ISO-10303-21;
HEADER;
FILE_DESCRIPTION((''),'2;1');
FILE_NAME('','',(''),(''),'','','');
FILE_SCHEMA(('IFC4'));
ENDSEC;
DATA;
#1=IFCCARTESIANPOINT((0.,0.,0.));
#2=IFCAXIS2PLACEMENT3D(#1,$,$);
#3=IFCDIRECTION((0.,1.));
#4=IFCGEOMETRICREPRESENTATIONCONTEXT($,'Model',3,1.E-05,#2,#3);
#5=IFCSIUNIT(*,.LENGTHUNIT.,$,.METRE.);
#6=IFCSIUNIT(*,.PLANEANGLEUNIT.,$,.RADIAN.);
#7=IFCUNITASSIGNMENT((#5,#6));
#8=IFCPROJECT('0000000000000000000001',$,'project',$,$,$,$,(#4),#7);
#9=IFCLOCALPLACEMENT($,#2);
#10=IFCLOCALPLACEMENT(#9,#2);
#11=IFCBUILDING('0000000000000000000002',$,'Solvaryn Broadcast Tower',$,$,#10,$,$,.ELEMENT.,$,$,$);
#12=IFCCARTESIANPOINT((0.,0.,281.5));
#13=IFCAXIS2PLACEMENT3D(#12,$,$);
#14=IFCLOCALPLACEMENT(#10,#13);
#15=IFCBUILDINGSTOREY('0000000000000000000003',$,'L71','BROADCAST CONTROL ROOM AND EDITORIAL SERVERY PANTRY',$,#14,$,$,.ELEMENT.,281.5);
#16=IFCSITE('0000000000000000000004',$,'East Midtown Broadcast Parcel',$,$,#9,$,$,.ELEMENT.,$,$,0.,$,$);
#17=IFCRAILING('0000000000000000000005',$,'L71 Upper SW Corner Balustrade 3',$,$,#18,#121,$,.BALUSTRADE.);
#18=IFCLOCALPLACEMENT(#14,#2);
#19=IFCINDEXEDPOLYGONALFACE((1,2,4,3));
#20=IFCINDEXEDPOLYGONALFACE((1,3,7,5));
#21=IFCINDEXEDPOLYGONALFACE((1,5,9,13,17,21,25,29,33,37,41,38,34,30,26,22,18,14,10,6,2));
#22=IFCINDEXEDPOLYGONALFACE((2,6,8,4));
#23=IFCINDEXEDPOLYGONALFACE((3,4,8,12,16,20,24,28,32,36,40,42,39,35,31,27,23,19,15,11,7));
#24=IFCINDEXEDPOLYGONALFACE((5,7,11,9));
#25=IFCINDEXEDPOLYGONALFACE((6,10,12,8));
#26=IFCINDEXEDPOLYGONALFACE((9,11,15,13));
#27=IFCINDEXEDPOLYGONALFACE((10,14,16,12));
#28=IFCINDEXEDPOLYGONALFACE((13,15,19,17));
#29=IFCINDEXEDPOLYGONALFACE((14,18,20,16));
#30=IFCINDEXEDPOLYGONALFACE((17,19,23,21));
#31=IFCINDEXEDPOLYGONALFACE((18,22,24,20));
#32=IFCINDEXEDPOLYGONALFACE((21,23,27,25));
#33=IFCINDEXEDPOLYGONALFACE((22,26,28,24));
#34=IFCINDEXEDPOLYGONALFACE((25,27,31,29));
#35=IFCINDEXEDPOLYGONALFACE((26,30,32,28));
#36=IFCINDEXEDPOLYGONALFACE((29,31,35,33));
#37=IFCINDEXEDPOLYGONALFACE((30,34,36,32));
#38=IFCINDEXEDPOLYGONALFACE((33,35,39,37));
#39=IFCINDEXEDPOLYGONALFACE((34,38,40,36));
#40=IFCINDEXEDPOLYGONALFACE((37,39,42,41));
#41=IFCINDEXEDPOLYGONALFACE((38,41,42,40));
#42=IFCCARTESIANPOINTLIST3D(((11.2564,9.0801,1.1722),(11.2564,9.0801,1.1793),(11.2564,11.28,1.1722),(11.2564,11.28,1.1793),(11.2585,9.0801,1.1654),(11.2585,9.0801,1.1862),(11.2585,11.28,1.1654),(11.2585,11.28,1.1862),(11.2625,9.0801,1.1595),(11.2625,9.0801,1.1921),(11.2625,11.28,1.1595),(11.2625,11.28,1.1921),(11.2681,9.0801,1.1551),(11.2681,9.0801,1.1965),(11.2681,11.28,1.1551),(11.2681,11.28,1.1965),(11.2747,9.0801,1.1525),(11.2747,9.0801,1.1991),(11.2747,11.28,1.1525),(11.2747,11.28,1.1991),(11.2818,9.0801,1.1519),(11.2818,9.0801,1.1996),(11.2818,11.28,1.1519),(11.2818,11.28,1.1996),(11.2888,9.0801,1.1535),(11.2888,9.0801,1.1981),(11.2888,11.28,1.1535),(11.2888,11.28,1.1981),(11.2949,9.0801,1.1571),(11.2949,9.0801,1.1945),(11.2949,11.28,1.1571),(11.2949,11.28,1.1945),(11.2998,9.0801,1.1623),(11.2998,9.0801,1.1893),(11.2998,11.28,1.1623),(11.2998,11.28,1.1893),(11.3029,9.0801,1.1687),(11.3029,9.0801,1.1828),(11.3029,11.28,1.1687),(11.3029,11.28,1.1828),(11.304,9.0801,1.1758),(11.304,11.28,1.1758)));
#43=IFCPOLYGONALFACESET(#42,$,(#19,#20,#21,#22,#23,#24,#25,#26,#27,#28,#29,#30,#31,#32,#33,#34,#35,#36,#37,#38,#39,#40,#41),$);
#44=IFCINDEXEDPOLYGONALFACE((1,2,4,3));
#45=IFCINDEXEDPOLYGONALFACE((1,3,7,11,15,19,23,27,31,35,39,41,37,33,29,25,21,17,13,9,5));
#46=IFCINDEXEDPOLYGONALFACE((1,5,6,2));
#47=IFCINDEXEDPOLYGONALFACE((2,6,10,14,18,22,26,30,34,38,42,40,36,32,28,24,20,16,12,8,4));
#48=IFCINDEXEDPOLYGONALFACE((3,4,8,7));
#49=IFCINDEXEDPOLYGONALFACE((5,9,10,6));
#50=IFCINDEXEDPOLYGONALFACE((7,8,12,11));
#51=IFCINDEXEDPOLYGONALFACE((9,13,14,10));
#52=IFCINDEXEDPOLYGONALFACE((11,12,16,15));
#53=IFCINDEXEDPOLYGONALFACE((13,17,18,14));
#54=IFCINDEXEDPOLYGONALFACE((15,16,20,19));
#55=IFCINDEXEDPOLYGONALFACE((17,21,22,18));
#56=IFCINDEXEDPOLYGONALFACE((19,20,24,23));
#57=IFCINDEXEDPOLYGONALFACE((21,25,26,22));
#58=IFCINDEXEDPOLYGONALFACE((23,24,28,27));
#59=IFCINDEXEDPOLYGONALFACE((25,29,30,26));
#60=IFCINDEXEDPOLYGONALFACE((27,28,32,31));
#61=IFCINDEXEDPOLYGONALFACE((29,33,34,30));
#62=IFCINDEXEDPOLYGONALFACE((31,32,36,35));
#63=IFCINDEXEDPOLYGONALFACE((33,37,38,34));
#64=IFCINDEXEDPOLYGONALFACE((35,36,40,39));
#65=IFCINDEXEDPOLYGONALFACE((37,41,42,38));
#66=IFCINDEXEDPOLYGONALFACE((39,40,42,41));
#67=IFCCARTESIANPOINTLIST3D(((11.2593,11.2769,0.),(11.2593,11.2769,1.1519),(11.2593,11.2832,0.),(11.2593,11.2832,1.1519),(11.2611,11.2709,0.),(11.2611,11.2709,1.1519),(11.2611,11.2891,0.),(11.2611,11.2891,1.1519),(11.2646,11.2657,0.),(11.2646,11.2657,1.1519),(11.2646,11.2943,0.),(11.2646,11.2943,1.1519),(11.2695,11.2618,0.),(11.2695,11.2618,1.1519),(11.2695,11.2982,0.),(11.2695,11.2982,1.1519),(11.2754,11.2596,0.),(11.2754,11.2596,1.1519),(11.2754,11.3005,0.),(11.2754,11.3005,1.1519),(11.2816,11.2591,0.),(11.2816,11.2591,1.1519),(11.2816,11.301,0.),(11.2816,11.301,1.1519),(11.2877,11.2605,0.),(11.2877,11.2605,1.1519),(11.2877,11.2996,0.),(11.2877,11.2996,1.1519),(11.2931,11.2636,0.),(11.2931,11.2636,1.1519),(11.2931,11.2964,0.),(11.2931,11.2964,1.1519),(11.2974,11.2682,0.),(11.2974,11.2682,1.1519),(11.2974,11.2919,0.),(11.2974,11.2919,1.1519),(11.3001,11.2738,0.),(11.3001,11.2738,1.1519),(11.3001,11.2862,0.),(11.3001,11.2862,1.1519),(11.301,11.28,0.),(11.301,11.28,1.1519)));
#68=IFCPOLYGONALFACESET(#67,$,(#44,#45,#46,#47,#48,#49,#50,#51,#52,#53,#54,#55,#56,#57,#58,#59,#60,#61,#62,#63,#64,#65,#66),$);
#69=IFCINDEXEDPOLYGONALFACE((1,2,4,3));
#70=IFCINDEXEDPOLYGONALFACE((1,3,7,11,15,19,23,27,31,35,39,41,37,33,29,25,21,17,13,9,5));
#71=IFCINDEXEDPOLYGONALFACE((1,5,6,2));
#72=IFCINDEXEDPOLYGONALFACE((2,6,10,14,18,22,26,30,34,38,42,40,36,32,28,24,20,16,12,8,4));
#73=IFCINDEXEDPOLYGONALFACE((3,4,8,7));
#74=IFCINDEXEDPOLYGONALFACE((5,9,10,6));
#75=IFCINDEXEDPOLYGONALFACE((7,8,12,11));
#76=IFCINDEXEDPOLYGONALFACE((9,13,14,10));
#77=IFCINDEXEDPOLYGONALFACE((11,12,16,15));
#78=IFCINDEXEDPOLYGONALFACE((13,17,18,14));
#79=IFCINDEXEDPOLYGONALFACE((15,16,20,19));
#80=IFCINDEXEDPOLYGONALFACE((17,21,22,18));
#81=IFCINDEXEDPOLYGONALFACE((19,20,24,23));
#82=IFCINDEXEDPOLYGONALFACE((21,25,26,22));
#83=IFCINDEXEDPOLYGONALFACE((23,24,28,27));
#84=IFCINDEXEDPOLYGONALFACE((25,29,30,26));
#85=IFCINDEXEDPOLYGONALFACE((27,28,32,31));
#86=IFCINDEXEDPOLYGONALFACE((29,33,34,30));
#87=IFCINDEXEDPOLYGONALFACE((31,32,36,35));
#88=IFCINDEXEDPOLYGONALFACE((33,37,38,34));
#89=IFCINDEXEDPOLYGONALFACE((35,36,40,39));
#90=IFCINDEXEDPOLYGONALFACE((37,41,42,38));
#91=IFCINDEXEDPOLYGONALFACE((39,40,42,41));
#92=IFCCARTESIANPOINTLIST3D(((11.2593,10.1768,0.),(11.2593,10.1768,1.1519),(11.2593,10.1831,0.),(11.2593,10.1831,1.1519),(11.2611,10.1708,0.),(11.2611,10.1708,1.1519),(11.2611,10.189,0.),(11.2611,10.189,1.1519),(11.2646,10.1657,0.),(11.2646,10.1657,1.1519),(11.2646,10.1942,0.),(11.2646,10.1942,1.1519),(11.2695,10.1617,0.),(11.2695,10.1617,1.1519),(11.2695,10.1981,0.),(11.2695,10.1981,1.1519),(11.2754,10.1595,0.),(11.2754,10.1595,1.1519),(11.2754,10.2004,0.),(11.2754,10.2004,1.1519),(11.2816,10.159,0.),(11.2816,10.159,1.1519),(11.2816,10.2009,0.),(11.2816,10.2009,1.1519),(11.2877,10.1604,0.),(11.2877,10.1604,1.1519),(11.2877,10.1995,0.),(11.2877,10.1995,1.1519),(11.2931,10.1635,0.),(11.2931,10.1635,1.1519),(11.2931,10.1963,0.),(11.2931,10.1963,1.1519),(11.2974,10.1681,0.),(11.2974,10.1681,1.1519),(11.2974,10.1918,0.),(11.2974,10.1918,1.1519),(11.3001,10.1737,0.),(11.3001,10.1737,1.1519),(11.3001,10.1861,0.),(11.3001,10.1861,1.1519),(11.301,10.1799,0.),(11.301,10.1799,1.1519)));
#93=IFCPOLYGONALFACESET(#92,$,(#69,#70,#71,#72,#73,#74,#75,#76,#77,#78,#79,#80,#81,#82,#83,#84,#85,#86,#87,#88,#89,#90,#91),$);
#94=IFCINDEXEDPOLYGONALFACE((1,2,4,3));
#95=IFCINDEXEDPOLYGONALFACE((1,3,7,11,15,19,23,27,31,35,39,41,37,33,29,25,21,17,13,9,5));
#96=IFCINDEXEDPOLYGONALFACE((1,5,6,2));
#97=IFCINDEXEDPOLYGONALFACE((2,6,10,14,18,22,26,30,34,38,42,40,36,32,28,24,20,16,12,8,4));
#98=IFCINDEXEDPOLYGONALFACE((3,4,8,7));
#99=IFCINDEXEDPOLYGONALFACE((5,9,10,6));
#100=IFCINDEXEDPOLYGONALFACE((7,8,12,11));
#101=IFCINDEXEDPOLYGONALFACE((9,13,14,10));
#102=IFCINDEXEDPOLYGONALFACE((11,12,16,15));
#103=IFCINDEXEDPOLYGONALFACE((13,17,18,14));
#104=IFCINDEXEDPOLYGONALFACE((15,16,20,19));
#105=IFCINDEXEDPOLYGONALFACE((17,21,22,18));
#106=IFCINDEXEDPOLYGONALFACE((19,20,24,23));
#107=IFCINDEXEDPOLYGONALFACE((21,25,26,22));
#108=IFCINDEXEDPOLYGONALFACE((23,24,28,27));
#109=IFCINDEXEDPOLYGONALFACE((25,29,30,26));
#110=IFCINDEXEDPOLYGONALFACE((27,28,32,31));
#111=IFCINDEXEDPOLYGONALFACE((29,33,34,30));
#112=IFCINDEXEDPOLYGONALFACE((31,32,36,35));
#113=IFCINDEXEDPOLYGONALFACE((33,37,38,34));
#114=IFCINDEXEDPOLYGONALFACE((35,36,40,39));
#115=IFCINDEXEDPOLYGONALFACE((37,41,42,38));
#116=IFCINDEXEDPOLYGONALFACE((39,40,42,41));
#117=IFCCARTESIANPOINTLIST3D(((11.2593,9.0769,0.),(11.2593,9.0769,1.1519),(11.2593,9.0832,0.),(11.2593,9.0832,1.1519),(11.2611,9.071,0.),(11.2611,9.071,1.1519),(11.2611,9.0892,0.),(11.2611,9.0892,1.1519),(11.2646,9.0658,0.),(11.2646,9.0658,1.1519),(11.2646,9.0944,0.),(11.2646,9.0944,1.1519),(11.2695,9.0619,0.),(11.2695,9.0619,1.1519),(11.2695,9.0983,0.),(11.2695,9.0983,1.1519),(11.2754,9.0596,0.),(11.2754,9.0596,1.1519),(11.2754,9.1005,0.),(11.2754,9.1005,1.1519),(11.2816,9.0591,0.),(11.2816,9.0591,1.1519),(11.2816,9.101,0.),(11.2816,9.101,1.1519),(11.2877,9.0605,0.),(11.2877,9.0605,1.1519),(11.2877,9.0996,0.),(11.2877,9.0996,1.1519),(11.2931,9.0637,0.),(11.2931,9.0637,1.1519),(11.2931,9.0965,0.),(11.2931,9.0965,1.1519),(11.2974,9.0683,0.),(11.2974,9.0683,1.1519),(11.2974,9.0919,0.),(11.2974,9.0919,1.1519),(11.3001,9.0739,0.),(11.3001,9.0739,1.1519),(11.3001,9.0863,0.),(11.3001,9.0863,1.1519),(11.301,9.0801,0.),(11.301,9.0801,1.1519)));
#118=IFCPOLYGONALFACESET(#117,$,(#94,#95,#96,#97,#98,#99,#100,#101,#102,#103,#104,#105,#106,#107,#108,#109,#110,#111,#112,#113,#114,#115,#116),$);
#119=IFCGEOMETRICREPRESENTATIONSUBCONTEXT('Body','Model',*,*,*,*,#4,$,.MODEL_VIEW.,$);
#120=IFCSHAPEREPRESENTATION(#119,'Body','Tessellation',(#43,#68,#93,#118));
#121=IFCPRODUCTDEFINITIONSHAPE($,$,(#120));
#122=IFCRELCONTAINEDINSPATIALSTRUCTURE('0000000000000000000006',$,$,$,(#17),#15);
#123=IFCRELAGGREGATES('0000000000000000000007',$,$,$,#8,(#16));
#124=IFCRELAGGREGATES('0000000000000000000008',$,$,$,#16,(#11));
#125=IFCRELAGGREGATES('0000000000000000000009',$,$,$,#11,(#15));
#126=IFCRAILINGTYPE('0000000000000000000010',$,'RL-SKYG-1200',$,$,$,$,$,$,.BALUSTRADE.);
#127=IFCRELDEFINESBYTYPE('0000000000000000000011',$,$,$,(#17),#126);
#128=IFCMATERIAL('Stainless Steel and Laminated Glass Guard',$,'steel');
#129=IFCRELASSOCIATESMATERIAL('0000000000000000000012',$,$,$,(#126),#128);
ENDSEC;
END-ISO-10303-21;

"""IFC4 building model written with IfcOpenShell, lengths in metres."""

from ifc_helpers import new_model, si_unit, direction, frame, origin, origin_2d, place, context, subcontext, project, spatial, circle, extrude, material, type_object, element, save


model = new_model("IFC4")

# Units and contexts
model_context = context("Model", 3, precision=1e-05, world=origin(), true_north=direction((0.0, 1.0)))
body_context = subcontext(model_context, "Body", "Model", "MODEL_VIEW")
ifc_project = project(units=[si_unit("LENGTHUNIT", "METRE"), si_unit("PLANEANGLEUNIT", "RADIAN")], contexts=[model_context])

# Site, building, storey
site_placement = place(None, origin())
site = spatial("IfcSite", under=ifc_project, at=site_placement, Name="East Midtown Broadcast Parcel", CompositionType="ELEMENT", RefElevation=0.0)
building_placement = place(site_placement, origin())
building = spatial("IfcBuilding", under=site, at=building_placement, Name="Solvaryn Broadcast Tower", CompositionType="ELEMENT")
storey_placement = place(building_placement, frame((0.0, 0.0, 281.5)))
storey = spatial("IfcBuildingStorey", under=building, at=storey_placement, Name="L71", Description="BROADCAST CONTROL ROOM AND EDITORIAL SERVERY PANTRY", CompositionType="ELEMENT", Elevation=281.5)

# Railing
ifc_material_1 = material(Name="Stainless Steel and Laminated Glass Guard", Category="steel")
railing_type = type_object("IfcRailingType", Name="RL-SKYG-1200", PredefinedType="BALUSTRADE", material=ifc_material_1)
railing_1_placement = place(storey_placement, frame((11.28, 11.28, 0.0)))
element("IfcRailing", 1, at=railing_1_placement, inside=storey, type_object=railing_type, Name="L71 Upper SW Corner Balustrade 3", PredefinedType="BALUSTRADE", context=body_context, shape_type="SweptSolid", body=[
    extrude(circle(Radius=0.0239, at=origin_2d()), frame((0.0, 0.0, 1.1758), z_axis=(0.0, -1.0, 0.0), x_axis=(1.0, 0.0, 0.0)), (0.0, 0.0, 1.0), 2.2),
    extrude(circle(Radius=0.021, at=origin_2d()), origin(), (0.0, 0.0, 1.0), 1.1519),
    extrude(circle(Radius=0.021, at=origin_2d()), frame((0.0, -1.1001, 0.0)), (0.0, 0.0, 1.0), 1.1519),
    extrude(circle(Radius=0.021, at=origin_2d()), frame((0.0, -2.2, 0.0)), (0.0, 0.0, 1.0), 1.1519),
])

save(model, "model.ifc")
